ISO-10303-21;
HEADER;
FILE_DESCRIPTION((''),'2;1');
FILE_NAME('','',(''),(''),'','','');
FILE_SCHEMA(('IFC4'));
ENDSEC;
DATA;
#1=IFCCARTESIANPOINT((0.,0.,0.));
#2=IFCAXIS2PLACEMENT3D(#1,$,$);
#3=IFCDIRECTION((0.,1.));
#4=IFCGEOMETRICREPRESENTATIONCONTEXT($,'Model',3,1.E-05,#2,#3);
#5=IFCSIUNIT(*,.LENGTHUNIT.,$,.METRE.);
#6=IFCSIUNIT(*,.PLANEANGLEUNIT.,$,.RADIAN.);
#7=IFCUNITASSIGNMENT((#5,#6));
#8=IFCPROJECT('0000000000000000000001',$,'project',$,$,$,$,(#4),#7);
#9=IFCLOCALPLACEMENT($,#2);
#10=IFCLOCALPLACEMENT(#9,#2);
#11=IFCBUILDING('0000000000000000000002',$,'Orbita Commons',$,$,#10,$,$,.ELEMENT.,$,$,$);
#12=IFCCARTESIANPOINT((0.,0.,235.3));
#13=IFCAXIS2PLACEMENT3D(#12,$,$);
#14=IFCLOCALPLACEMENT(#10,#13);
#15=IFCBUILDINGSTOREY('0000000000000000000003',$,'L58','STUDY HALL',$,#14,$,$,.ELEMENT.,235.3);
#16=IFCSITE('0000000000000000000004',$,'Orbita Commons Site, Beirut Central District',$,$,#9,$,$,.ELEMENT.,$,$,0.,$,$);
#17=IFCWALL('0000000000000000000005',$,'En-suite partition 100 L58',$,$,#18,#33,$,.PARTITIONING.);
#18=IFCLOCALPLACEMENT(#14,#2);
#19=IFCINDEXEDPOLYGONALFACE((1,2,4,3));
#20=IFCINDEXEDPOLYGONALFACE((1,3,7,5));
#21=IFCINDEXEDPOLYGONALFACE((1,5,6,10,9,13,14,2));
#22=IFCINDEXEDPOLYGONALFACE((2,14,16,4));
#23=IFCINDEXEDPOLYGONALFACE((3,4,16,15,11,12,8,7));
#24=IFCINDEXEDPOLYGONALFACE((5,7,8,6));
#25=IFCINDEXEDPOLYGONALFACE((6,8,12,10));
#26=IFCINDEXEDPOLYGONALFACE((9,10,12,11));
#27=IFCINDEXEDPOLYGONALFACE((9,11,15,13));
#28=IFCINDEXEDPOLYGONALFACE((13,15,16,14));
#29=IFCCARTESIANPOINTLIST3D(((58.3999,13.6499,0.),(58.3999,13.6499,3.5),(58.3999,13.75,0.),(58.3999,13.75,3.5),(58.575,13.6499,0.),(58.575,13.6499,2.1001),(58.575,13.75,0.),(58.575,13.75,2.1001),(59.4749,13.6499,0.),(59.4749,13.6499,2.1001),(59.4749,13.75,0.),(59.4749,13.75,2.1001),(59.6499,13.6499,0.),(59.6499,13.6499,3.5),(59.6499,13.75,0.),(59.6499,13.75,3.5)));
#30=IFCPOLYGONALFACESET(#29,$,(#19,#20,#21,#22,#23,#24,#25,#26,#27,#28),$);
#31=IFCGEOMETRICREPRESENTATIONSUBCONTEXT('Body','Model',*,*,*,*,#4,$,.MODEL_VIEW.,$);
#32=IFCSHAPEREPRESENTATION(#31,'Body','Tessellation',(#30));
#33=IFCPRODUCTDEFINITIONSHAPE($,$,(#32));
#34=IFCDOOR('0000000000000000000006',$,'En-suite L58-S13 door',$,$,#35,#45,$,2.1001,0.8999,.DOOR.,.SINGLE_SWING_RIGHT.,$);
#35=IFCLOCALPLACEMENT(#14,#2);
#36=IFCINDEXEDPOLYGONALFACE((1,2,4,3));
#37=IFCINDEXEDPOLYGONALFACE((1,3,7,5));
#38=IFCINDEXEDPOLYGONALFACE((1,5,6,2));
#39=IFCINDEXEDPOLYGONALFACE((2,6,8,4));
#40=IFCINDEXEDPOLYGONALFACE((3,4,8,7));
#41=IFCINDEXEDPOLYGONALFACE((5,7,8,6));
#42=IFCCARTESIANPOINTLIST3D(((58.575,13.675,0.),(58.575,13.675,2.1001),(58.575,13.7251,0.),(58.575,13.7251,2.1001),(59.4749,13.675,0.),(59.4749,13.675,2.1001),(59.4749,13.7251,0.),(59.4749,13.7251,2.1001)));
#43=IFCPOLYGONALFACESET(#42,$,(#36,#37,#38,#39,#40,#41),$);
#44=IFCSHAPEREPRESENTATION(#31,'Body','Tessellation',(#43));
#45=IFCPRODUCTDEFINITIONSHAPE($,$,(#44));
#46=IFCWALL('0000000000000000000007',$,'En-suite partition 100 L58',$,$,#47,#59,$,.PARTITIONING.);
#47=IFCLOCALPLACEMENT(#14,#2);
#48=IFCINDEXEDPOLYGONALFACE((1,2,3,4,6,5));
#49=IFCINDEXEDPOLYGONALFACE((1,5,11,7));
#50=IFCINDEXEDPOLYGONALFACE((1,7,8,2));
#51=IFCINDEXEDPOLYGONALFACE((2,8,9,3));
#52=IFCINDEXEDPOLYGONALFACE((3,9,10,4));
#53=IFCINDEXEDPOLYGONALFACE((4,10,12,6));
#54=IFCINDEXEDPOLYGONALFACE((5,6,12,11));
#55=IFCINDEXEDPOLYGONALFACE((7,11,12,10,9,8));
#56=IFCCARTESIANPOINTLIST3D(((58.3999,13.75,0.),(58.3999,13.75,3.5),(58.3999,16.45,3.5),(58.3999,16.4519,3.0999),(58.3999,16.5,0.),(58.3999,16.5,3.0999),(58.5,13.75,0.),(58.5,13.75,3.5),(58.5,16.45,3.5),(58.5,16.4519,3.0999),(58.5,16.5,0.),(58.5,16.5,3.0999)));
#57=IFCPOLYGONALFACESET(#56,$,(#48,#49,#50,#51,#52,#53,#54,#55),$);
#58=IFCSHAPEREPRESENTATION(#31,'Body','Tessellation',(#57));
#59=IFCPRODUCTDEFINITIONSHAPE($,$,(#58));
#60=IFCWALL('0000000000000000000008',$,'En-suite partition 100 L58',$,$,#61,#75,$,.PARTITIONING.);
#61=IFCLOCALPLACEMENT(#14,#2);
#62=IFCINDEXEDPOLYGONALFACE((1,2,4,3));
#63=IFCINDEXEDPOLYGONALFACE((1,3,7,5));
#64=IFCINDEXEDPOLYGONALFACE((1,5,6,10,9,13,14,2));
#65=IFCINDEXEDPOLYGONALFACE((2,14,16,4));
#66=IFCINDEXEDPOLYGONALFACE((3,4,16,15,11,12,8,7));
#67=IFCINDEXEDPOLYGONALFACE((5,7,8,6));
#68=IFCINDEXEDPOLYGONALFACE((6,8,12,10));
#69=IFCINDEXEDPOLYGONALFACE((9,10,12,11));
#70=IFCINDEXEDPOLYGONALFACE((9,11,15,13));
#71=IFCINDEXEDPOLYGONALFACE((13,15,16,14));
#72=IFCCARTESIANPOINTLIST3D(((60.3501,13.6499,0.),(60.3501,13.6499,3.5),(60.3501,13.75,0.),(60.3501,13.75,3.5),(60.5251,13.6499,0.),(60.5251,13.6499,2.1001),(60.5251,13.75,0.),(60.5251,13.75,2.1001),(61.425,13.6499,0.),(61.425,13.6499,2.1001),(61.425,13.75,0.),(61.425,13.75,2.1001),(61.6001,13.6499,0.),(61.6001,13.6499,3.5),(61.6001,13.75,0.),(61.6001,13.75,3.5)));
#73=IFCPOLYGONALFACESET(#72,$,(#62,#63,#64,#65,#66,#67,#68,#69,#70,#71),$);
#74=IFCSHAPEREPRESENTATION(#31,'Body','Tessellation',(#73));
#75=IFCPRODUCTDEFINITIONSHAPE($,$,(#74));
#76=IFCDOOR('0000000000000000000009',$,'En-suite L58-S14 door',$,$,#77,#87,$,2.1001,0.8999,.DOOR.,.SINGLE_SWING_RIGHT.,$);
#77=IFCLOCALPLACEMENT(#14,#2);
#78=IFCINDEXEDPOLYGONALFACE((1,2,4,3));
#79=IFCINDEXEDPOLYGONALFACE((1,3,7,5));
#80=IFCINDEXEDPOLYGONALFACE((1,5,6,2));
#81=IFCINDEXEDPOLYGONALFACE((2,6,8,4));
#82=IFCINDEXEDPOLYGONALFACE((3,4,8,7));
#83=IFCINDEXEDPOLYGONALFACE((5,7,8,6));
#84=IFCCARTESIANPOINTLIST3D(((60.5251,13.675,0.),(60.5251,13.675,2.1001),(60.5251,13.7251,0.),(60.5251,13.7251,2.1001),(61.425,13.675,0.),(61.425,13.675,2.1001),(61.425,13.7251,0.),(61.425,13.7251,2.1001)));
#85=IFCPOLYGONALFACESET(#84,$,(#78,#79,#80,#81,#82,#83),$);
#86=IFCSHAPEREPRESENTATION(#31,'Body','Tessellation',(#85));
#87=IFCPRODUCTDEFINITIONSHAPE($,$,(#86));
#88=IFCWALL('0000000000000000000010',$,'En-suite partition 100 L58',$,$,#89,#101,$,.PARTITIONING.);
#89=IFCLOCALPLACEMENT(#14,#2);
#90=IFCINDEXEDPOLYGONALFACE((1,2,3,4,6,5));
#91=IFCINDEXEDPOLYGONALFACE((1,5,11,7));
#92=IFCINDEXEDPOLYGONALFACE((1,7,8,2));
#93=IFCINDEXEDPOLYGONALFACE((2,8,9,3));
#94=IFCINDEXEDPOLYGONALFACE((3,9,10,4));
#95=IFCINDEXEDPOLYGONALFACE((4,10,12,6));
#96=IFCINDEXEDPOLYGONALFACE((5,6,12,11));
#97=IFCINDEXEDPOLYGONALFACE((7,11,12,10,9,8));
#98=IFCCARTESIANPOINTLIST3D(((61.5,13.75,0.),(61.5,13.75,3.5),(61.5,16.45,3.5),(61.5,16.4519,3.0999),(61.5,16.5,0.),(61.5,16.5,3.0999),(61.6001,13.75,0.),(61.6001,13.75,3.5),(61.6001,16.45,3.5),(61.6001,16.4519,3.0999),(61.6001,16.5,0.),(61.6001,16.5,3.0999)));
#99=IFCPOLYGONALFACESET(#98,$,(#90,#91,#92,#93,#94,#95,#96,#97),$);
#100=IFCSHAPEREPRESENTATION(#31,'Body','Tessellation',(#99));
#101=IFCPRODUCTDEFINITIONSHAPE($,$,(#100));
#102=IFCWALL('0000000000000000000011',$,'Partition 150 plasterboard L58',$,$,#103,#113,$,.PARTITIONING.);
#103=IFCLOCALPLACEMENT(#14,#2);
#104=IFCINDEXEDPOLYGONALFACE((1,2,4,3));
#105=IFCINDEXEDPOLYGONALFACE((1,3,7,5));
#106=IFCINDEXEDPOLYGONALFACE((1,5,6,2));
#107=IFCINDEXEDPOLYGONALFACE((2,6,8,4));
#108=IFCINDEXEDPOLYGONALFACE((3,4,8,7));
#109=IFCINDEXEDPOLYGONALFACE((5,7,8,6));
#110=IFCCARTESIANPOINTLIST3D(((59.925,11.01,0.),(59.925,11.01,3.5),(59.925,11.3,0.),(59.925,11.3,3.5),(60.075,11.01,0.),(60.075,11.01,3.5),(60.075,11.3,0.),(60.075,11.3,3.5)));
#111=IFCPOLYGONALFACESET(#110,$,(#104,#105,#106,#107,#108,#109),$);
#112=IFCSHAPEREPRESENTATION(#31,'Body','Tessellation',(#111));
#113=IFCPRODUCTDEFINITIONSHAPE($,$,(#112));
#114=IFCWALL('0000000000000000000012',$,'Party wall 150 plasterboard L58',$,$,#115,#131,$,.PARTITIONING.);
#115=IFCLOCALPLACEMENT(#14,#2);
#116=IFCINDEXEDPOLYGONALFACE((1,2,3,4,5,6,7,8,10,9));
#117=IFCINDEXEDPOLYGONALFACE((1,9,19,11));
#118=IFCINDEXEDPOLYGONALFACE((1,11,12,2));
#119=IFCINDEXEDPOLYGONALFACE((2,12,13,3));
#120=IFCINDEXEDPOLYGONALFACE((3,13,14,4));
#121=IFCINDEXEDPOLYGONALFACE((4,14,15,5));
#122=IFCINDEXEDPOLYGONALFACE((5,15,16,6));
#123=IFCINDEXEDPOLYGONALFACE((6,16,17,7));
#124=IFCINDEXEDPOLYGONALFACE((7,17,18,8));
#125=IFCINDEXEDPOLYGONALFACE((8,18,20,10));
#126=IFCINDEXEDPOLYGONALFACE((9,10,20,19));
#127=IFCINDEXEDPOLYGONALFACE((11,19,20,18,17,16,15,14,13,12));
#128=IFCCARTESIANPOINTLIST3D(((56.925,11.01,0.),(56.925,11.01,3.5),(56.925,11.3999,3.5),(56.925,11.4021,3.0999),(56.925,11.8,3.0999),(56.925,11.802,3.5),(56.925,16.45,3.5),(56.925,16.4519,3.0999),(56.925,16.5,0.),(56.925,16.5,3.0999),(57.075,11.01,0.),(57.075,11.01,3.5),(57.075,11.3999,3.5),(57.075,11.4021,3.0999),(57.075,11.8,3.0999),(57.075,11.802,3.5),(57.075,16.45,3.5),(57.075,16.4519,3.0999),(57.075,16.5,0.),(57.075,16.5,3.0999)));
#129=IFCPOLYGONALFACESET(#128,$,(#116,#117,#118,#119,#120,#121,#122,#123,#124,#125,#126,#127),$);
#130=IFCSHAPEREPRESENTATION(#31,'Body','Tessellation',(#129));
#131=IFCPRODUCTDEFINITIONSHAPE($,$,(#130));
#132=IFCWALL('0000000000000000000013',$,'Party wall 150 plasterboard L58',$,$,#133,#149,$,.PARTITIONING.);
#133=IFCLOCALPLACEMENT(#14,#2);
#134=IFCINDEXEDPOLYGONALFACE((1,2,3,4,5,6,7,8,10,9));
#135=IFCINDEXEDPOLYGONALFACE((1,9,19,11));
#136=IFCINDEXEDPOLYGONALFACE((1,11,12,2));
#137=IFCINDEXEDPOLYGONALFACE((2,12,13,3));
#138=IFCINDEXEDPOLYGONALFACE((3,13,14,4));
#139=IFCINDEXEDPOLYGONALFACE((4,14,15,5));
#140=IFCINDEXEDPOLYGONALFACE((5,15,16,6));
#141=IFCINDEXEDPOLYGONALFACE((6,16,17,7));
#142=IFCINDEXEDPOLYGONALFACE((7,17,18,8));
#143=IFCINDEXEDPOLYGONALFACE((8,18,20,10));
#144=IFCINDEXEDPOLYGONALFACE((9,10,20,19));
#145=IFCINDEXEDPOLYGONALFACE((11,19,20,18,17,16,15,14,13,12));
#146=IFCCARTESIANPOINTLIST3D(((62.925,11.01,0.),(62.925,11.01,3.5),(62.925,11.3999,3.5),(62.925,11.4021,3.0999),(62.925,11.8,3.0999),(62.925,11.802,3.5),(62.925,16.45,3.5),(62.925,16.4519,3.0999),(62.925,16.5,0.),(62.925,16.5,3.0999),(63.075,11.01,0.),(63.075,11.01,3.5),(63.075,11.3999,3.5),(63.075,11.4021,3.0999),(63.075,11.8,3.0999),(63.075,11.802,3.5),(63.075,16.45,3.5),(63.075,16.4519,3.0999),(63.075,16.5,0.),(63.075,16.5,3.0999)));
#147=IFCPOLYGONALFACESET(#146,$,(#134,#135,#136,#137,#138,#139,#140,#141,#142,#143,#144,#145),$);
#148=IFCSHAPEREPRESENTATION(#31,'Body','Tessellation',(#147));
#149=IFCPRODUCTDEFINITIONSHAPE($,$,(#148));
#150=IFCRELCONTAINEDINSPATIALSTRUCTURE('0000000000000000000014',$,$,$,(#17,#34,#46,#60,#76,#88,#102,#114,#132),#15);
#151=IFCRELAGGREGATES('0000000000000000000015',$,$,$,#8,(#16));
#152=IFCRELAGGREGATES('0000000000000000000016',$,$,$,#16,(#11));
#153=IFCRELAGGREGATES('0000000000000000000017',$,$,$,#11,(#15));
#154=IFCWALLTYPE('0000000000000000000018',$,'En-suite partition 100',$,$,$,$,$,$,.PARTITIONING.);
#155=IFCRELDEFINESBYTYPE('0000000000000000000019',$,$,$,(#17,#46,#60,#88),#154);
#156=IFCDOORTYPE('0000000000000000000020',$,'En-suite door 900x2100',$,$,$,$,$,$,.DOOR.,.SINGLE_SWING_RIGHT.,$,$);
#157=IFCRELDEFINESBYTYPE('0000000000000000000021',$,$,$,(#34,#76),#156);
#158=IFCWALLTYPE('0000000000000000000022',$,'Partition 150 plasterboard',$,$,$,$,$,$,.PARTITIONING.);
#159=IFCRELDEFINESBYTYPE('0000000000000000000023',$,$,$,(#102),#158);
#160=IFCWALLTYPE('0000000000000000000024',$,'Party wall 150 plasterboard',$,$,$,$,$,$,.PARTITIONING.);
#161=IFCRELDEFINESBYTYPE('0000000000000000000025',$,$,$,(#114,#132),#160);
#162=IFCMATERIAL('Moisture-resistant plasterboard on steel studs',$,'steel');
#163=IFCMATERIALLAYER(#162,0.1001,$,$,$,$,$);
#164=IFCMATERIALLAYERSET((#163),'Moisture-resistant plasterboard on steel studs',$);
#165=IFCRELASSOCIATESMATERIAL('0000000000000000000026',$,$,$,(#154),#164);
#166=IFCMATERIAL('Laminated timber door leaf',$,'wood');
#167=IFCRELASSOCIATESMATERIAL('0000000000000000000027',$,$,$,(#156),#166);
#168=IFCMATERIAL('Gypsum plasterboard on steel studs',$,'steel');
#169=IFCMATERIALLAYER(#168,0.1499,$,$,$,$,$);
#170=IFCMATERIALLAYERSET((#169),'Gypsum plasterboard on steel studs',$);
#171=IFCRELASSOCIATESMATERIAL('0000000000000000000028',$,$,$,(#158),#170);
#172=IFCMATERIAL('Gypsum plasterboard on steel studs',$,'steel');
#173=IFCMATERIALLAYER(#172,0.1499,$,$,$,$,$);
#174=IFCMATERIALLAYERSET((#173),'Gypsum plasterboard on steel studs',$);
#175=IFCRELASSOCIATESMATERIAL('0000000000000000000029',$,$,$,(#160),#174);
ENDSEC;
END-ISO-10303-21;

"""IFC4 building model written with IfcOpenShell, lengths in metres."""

from ifc_helpers import new_model, si_unit, direction, frame, frame_2d, origin, place, context, subcontext, project, spatial, polyline, rectangle, outline, extrude, material, layer, layer_set, type_object, element, fill, save


model = new_model("IFC4")

# Units and contexts
model_context = context("Model", 3, precision=1e-05, world=origin(), true_north=direction((0.0, 1.0)))
body_context = subcontext(model_context, "Body", "Model", "MODEL_VIEW")
ifc_project = project(units=[si_unit("LENGTHUNIT", "METRE"), si_unit("PLANEANGLEUNIT", "RADIAN")], contexts=[model_context])

# Site, building, storey
site_placement = place(None, origin())
site = spatial("IfcSite", under=ifc_project, at=site_placement, Name="Orbita Commons Site, Beirut Central District", CompositionType="ELEMENT", RefElevation=0.0)
building_placement = place(site_placement, origin())
building = spatial("IfcBuilding", under=site, at=building_placement, Name="Orbita Commons", CompositionType="ELEMENT")
storey_placement = place(building_placement, frame((0.0, 0.0, 235.3)))
storey = spatial("IfcBuildingStorey", under=building, at=storey_placement, Name="L58", Description="STUDY HALL", CompositionType="ELEMENT", Elevation=235.3)

# Wall, opening, door
ifc_material_1 = material(Name="Moisture-resistant plasterboard on steel studs", Category="steel")
ifc_layer_1 = layer(ifc_material_1, 0.1001)
ifc_layer_set_1 = layer_set([ifc_layer_1], Name="Moisture-resistant plasterboard on steel studs")
wall_type_1 = type_object("IfcWallType", Name="En-suite partition 100", PredefinedType="PARTITIONING", material=ifc_layer_set_1)
wall_1_placement = place(storey_placement, frame((59.6499, 13.7, 0.0), z_axis=(0.0, 0.0, 1.0), x_axis=(-1.0, 0.0, 0.0)))
wall_1 = element("IfcWall", 1, at=wall_1_placement, inside=storey, type_object=wall_type_1, Name="En-suite partition 100 L58", PredefinedType="PARTITIONING", context=body_context, shape_type="SweptSolid", body=[
    extrude(rectangle(XDim=1.25, YDim=0.1001, at=frame_2d((0.625, 0.0))), origin(), (0.0, 0.0, 1.0), 3.5),
])
opening_1_placement = place(wall_1_placement, frame((0.175, 0.0, 0.0)))
opening_1 = element("IfcOpeningElement", 2, at=opening_1_placement, cuts=wall_1, PredefinedType="OPENING", context=body_context, shape_type="SweptSolid", body=[
    extrude(rectangle(XDim=0.8999, YDim=2.1001, at=frame_2d((0.45, 1.05))), frame((0.0, 0.0601, 0.0), z_axis=(0.0, -1.0, 0.0), x_axis=(1.0, 0.0, 0.0)), (0.0, 0.0, 1.0), 0.1201),
])
ifc_material_2 = material(Name="Laminated timber door leaf", Category="wood")
door_type_1 = type_object("IfcDoorType", Name="En-suite door 900x2100", OperationType="SINGLE_SWING_RIGHT", PredefinedType="DOOR", material=ifc_material_2)
door_1_placement = place(opening_1_placement, origin())
door_1 = element("IfcDoor", 3, at=door_1_placement, inside=storey, type_object=door_type_1, Name="En-suite L58-S13 door", OperationType="SINGLE_SWING_RIGHT", OverallHeight=2.1001, OverallWidth=0.8999, PredefinedType="DOOR", context=body_context, shape_type="SweptSolid", body=[
    extrude(rectangle(XDim=0.8999, YDim=2.1001, at=frame_2d((0.45, 1.05))), frame((0.0, 0.0249, 0.0), z_axis=(0.0, -1.0, 0.0), x_axis=(1.0, 0.0, 0.0)), (0.0, 0.0, 1.0), 0.05),
])
fill(opening_1, door_1)

# Wall
wall_2_placement = place(storey_placement, frame((58.45, 13.75, 0.0), z_axis=(0.0, 0.0, 1.0), x_axis=(0.0, 1.0, 0.0)))
element("IfcWall", 4, at=wall_2_placement, inside=storey, type_object=wall_type_1, Name="En-suite partition 100 L58", PredefinedType="PARTITIONING", context=body_context, shape_type="SweptSolid", body=[
    extrude(outline(polyline([(0.0, 0.0), (2.75, 0.0), (2.75, 3.0999), (2.7019, 3.0999), (2.7, 3.5), (0.0, 3.5), (0.0, 0.0)])), frame((0.0, 0.05, 0.0), z_axis=(0.0, -1.0, 0.0), x_axis=(1.0, 0.0, 0.0)), (0.0, 0.0, 1.0), 0.1001),
])

# Wall, opening, door
wall_3_placement = place(storey_placement, frame((61.6001, 13.7, 0.0), z_axis=(0.0, 0.0, 1.0), x_axis=(-1.0, 0.0, 0.0)))
wall_3 = element("IfcWall", 5, at=wall_3_placement, inside=storey, type_object=wall_type_1, Name="En-suite partition 100 L58", PredefinedType="PARTITIONING", context=body_context, shape_type="SweptSolid", body=[
    extrude(rectangle(XDim=1.25, YDim=0.1001, at=frame_2d((0.625, 0.0))), origin(), (0.0, 0.0, 1.0), 3.5),
])
opening_2_placement = place(wall_3_placement, frame((0.175, 0.0, 0.0)))
opening_2 = element("IfcOpeningElement", 6, at=opening_2_placement, cuts=wall_3, PredefinedType="OPENING", context=body_context, shape_type="SweptSolid", body=[
    extrude(rectangle(XDim=0.8999, YDim=2.1001, at=frame_2d((0.45, 1.05))), frame((0.0, 0.0601, 0.0), z_axis=(0.0, -1.0, 0.0), x_axis=(1.0, 0.0, 0.0)), (0.0, 0.0, 1.0), 0.1201),
])
door_2_placement = place(opening_2_placement, origin())
door_2 = element("IfcDoor", 7, at=door_2_placement, inside=storey, type_object=door_type_1, Name="En-suite L58-S14 door", OperationType="SINGLE_SWING_RIGHT", OverallHeight=2.1001, OverallWidth=0.8999, PredefinedType="DOOR", context=body_context, shape_type="SweptSolid", body=[
    extrude(rectangle(XDim=0.8999, YDim=2.1001, at=frame_2d((0.45, 1.05))), frame((0.0, 0.0249, 0.0), z_axis=(0.0, -1.0, 0.0), x_axis=(1.0, 0.0, 0.0)), (0.0, 0.0, 1.0), 0.05),
])
fill(opening_2, door_2)

# Walls
wall_4_placement = place(storey_placement, frame((61.55, 13.75, 0.0), z_axis=(0.0, 0.0, 1.0), x_axis=(0.0, 1.0, 0.0)))
element("IfcWall", 8, at=wall_4_placement, inside=storey, type_object=wall_type_1, Name="En-suite partition 100 L58", PredefinedType="PARTITIONING", context=body_context, shape_type="SweptSolid", body=[
    extrude(outline(polyline([(0.0, 0.0), (2.75, 0.0), (2.75, 3.0999), (2.7019, 3.0999), (2.7, 3.5), (0.0, 3.5), (0.0, 0.0)])), frame((0.0, 0.05, 0.0), z_axis=(0.0, -1.0, 0.0), x_axis=(1.0, 0.0, 0.0)), (0.0, 0.0, 1.0), 0.1001),
])
ifc_material_3 = material(Name="Gypsum plasterboard on steel studs", Category="steel")
ifc_layer_2 = layer(ifc_material_3, 0.1499)
ifc_layer_set_2 = layer_set([ifc_layer_2], Name="Gypsum plasterboard on steel studs")
wall_type_2 = type_object("IfcWallType", Name="Partition 150 plasterboard", PredefinedType="PARTITIONING", material=ifc_layer_set_2)
wall_5_placement = place(storey_placement, frame((60.0, 11.3, 0.0), z_axis=(0.0, 0.0, 1.0), x_axis=(0.0, -1.0, 0.0)))
element("IfcWall", 9, at=wall_5_placement, inside=storey, type_object=wall_type_2, Name="Partition 150 plasterboard L58", PredefinedType="PARTITIONING", context=body_context, shape_type="SweptSolid", body=[
    extrude(rectangle(XDim=0.29, YDim=0.1499, at=frame_2d((0.145, 0.0))), origin(), (0.0, 0.0, 1.0), 3.5),
])
ifc_material_4 = material(Name="Gypsum plasterboard on steel studs", Category="steel")
ifc_layer_3 = layer(ifc_material_4, 0.1499)
ifc_layer_set_3 = layer_set([ifc_layer_3], Name="Gypsum plasterboard on steel studs")
wall_type_3 = type_object("IfcWallType", Name="Party wall 150 plasterboard", PredefinedType="PARTITIONING", material=ifc_layer_set_3)
for number, where, z_axis, x_axis, name in (
    (10, (57.0, 11.01, 0.0), (0.0, 0.0, 1.0), (0.0, 1.0, 0.0), "Party wall 150 plasterboard L58"),
    (11, (63.0, 11.01, 0.0), (0.0, 0.0, 1.0), (0.0, 1.0, 0.0), "Party wall 150 plasterboard L58"),
):
    element("IfcWall", number, at=place(storey_placement, frame(where, z_axis=z_axis, x_axis=x_axis)), inside=storey, type_object=wall_type_3, Name=name, PredefinedType="PARTITIONING", context=body_context, shape_type="SweptSolid", body=[
        extrude(outline(polyline([(0.0, 0.0), (5.49, 0.0), (5.49, 3.0999), (5.4419, 3.0999), (5.4399, 3.5), (0.792, 3.5), (0.79, 3.0999), (0.3921, 3.0999), (0.3899, 3.5), (0.0, 3.5), (0.0, 0.0)])), frame((0.0, 0.075, 0.0), z_axis=(0.0, -1.0, 0.0), x_axis=(1.0, 0.0, 0.0)), (0.0, 0.0, 1.0), 0.1499),
    ])

save(model, "model.ifc")
